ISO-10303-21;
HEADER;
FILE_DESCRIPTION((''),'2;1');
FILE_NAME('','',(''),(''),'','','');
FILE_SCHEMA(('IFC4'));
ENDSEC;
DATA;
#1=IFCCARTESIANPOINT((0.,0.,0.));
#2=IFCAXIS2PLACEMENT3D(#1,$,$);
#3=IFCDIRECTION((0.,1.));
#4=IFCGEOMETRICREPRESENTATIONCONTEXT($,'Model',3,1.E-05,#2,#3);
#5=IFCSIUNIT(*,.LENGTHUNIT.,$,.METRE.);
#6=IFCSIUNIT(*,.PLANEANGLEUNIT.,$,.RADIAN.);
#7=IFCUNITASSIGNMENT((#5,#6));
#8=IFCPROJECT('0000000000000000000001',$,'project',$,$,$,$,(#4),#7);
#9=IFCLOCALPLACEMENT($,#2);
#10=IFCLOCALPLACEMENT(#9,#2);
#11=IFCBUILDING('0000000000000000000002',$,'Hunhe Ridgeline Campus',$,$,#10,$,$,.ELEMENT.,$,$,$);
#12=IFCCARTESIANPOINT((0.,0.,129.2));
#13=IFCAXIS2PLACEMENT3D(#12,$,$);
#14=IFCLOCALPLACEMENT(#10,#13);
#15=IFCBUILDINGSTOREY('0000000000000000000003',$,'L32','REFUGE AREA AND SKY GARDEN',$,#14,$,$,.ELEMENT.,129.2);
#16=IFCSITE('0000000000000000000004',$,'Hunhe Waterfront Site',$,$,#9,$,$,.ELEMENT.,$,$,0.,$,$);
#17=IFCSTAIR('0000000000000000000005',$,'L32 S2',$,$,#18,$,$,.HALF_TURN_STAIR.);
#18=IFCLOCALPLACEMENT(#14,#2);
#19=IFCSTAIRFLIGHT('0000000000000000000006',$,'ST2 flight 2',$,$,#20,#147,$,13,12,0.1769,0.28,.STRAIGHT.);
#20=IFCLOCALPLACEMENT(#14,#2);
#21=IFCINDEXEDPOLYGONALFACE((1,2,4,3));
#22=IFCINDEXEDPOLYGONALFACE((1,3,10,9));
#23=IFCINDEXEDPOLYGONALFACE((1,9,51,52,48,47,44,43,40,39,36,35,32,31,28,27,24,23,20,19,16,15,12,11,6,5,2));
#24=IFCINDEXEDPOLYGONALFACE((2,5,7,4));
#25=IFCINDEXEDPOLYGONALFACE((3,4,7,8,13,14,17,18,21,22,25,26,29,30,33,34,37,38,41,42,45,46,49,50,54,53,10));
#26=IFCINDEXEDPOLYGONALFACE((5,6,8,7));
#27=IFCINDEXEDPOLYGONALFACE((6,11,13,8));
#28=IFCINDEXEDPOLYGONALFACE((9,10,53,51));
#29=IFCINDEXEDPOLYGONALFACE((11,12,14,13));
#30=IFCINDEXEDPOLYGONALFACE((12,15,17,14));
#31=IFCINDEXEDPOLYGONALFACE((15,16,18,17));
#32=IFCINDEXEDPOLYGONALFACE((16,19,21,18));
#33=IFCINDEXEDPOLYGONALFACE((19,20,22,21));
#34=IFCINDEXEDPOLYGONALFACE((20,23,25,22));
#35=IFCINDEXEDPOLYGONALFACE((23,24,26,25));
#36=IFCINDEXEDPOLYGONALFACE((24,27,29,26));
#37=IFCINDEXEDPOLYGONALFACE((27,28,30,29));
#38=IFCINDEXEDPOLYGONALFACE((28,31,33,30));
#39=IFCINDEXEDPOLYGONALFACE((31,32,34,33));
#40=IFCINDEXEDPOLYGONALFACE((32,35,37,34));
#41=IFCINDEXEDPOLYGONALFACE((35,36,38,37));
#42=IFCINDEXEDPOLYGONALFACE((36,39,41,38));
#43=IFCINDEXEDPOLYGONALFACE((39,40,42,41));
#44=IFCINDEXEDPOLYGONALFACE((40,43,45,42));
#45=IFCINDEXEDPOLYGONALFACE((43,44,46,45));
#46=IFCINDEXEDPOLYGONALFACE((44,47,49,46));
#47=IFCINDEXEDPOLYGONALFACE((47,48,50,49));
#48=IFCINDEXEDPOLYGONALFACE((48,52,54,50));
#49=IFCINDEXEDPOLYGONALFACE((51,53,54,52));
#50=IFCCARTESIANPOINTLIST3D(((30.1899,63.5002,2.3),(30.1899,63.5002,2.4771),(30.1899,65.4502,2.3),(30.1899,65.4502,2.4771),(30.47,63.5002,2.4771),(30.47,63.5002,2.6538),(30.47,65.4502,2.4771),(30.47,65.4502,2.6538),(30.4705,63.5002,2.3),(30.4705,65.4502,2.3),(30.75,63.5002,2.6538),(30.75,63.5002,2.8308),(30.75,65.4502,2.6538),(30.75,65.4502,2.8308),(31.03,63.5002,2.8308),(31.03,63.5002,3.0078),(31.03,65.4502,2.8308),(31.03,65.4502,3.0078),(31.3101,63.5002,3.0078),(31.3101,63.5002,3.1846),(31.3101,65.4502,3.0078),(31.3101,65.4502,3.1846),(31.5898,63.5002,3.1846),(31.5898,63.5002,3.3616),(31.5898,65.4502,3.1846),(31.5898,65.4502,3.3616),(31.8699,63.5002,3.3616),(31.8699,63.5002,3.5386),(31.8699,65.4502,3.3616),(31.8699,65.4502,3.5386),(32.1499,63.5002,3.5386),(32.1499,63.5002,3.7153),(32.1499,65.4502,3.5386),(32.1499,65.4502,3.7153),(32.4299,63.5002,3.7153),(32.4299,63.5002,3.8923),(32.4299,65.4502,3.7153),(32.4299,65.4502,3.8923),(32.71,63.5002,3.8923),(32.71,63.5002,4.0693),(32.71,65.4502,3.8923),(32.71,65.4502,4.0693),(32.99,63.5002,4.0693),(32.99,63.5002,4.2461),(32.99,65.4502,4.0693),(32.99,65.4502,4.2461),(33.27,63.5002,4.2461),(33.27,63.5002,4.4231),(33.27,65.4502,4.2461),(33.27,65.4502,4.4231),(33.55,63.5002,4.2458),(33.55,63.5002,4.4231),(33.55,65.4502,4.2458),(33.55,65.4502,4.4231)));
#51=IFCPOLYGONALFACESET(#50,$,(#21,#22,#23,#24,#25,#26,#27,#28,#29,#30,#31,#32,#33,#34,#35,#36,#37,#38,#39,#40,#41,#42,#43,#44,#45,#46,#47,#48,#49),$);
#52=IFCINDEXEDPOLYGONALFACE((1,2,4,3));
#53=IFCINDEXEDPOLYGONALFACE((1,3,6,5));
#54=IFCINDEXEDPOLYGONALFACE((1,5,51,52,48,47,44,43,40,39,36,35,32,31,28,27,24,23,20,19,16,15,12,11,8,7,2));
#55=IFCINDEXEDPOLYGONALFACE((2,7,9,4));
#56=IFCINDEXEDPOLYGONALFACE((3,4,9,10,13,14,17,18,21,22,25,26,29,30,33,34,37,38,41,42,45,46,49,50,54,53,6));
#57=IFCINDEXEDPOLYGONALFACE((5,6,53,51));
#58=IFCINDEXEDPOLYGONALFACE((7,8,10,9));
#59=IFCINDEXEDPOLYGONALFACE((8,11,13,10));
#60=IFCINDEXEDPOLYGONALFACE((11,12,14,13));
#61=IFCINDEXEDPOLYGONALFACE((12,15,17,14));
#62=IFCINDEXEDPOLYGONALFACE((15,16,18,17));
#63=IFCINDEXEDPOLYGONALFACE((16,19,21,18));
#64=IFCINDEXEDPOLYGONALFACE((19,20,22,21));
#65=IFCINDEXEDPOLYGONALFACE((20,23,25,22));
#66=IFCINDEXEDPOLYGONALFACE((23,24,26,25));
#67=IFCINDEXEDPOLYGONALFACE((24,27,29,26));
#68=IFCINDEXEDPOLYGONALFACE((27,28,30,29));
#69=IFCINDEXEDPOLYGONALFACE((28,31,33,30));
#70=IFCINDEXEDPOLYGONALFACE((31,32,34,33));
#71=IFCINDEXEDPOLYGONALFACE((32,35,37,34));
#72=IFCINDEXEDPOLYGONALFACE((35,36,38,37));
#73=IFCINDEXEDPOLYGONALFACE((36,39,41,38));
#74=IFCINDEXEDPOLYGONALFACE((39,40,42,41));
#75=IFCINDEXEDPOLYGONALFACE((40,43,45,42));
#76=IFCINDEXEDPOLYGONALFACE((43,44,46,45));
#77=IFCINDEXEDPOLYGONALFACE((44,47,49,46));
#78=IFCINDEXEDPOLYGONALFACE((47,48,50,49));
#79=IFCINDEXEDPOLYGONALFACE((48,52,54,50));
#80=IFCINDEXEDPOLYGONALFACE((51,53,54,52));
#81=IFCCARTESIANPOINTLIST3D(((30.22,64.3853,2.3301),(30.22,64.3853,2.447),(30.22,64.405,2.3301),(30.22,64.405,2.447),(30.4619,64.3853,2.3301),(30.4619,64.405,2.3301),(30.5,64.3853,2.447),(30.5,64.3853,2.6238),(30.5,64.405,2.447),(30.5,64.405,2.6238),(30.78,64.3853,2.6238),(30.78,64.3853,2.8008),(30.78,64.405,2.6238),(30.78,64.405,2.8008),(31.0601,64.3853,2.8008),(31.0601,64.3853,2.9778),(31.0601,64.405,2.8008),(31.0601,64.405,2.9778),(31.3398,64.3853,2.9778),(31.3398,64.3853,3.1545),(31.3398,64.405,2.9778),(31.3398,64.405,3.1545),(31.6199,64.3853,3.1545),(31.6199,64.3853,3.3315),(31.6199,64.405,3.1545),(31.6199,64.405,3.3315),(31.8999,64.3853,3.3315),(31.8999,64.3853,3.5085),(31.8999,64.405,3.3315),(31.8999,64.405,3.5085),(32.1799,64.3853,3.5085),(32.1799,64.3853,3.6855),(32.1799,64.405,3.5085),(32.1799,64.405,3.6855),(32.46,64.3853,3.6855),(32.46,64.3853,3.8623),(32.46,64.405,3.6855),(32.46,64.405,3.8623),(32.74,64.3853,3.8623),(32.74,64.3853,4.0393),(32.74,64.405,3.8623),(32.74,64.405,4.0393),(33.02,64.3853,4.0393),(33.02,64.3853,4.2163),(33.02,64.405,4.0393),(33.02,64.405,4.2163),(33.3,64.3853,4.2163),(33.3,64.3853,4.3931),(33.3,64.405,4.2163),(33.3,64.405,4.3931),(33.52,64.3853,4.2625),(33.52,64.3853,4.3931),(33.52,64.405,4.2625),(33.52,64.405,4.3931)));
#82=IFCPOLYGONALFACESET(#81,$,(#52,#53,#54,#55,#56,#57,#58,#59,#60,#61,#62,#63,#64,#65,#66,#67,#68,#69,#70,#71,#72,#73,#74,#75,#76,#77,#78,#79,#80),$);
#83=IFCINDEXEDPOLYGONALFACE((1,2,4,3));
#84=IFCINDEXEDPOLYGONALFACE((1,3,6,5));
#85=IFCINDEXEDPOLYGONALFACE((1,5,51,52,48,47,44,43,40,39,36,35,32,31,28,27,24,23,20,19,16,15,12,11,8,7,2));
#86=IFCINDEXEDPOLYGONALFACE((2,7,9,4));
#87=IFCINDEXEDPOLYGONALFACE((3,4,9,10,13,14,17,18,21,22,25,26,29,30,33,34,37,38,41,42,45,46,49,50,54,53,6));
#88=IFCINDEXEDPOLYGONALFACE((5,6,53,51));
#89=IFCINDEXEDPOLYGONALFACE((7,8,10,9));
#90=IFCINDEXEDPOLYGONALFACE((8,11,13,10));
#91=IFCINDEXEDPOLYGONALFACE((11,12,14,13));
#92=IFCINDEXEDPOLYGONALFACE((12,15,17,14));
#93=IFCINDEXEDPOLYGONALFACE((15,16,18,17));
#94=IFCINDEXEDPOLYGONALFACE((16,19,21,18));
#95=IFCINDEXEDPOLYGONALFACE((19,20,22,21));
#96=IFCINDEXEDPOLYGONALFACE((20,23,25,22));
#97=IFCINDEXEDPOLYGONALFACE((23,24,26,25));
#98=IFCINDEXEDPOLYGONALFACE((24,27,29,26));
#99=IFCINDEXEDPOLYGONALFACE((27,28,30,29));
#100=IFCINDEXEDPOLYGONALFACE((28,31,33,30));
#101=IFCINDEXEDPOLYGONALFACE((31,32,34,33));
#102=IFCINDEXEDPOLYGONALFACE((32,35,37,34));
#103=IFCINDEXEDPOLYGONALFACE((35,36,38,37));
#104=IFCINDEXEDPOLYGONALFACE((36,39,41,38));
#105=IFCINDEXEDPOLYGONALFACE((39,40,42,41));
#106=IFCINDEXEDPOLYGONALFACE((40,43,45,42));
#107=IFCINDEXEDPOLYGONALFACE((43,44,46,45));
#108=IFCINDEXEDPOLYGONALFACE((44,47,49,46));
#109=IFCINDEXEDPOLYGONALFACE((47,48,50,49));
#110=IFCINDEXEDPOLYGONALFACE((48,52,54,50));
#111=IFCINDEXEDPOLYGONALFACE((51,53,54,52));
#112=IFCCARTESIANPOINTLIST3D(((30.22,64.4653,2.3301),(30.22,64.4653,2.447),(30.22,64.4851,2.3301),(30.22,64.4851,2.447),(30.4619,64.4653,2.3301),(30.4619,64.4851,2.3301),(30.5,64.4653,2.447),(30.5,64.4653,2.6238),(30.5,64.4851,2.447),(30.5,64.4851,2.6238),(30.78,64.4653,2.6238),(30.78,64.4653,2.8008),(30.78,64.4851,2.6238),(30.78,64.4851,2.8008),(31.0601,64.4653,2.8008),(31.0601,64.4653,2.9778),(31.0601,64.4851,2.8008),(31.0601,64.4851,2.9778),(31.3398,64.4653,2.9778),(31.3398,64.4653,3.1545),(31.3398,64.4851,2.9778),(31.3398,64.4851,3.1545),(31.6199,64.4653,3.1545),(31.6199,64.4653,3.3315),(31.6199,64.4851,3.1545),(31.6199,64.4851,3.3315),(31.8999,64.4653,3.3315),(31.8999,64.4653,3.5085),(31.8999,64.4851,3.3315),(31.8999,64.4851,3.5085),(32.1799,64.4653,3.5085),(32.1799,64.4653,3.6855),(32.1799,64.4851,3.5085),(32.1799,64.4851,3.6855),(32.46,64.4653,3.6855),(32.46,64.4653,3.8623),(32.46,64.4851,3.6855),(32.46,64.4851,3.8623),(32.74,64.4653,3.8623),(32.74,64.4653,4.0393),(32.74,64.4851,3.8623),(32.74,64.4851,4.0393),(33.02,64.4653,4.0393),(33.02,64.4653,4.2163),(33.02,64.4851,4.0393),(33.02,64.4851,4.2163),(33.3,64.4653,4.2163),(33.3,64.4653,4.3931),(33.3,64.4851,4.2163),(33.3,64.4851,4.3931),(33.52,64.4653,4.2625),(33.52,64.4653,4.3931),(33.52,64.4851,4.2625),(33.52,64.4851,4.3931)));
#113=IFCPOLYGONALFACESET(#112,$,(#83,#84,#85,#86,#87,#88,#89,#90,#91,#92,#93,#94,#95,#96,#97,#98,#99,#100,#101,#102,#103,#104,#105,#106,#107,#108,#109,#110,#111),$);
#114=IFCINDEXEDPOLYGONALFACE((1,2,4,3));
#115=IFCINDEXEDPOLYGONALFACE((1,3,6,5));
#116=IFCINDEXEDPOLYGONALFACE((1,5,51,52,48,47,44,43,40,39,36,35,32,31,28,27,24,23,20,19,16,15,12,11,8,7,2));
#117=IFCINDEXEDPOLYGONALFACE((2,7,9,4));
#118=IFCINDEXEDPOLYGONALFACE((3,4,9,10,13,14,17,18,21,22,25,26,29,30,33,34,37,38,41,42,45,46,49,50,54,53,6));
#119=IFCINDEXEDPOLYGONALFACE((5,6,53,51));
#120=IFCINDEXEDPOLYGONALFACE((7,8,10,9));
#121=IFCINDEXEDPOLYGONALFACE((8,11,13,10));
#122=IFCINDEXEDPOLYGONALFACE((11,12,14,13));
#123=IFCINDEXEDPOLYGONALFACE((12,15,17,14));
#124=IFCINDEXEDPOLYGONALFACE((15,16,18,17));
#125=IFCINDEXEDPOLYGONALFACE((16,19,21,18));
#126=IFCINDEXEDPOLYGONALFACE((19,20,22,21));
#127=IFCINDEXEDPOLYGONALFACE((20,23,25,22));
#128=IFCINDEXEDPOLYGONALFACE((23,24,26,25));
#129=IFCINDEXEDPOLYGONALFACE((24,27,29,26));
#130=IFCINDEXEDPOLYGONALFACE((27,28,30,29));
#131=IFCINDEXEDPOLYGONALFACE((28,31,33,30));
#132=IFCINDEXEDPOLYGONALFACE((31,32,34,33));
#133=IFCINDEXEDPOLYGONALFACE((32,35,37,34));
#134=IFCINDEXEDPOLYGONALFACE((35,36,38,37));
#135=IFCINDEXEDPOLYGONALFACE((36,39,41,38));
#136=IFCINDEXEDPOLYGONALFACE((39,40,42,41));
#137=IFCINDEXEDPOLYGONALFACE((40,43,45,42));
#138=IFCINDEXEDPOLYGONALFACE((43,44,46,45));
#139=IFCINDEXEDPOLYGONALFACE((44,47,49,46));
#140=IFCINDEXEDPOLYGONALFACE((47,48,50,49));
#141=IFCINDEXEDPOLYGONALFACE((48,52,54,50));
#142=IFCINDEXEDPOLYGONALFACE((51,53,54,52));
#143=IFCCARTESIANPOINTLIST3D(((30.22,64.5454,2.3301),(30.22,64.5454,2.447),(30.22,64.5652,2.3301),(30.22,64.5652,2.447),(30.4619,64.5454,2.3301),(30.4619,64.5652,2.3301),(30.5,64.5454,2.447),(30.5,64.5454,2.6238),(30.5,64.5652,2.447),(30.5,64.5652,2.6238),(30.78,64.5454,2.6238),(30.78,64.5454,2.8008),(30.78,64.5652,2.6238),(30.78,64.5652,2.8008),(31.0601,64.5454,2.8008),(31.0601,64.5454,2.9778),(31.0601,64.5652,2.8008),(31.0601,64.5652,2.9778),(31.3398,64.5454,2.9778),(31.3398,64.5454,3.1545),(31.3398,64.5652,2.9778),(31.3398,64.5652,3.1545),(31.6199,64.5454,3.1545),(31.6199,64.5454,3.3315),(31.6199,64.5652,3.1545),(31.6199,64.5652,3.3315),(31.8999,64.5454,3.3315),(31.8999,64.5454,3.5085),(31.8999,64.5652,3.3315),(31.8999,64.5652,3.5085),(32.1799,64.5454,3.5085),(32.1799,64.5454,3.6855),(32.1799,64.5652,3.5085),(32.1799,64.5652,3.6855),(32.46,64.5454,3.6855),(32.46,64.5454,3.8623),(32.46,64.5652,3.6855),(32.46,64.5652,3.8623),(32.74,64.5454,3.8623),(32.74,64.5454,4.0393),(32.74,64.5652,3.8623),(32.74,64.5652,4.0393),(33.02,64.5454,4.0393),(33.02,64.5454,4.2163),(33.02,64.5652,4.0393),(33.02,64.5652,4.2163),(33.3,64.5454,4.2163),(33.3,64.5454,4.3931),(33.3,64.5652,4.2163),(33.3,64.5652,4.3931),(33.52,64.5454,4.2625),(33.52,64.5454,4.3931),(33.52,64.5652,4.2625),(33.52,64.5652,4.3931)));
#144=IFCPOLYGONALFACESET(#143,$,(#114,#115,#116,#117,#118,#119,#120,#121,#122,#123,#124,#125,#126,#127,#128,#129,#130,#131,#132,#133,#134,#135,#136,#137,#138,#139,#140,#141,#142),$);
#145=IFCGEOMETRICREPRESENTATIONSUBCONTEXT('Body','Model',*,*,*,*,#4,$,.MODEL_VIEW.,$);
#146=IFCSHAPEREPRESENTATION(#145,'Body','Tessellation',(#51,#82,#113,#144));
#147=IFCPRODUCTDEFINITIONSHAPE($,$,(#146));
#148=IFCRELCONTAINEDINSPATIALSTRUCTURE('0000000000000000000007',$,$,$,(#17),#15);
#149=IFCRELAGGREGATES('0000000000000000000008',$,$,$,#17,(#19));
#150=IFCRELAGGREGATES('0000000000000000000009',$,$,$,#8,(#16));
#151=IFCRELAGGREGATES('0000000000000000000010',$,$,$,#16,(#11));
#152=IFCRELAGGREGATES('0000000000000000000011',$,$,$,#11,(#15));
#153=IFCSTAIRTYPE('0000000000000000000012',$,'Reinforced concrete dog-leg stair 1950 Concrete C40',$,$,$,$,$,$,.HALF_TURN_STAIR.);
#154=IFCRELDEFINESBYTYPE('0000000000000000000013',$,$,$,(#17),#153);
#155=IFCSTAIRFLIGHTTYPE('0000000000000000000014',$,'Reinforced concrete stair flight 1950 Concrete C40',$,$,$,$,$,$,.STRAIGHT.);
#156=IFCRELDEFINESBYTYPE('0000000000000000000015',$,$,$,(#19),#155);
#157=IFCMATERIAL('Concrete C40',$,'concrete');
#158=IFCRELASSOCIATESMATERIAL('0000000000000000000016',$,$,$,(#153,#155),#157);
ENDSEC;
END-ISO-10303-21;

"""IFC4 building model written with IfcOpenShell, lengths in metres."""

from ifc_helpers import new_model, si_unit, direction, frame, origin, place, context, subcontext, project, spatial, polyline, outline, extrude, material, type_object, element, aggregate, save


model = new_model("IFC4")

# Units and contexts
model_context = context("Model", 3, precision=1e-05, world=origin(), true_north=direction((0.0, 1.0)))
body_context = subcontext(model_context, "Body", "Model", "MODEL_VIEW")
ifc_project = project(units=[si_unit("LENGTHUNIT", "METRE"), si_unit("PLANEANGLEUNIT", "RADIAN")], contexts=[model_context])

# Site, building, storey
site_placement = place(None, origin())
site = spatial("IfcSite", under=ifc_project, at=site_placement, Name="Hunhe Waterfront Site", CompositionType="ELEMENT", RefElevation=0.0)
building_placement = place(site_placement, origin())
building = spatial("IfcBuilding", under=site, at=building_placement, Name="Hunhe Ridgeline Campus", CompositionType="ELEMENT")
storey_placement = place(building_placement, frame((0.0, 0.0, 129.2)))
storey = spatial("IfcBuildingStorey", under=building, at=storey_placement, Name="L32", Description="REFUGE AREA AND SKY GARDEN", CompositionType="ELEMENT", Elevation=129.2)

# Stair, stair flight
ifc_material_1 = material(Name="Concrete C40", Category="concrete")
stair_type = type_object("IfcStairType", Name="Reinforced concrete dog-leg stair 1950 Concrete C40", PredefinedType="HALF_TURN_STAIR", material=ifc_material_1)
stair_placement = place(storey_placement, origin())
stair = element("IfcStair", 1, at=stair_placement, inside=storey, type_object=stair_type, Name="L32 S2", PredefinedType="HALF_TURN_STAIR")
stair_flight_type = type_object("IfcStairFlightType", Name="Reinforced concrete stair flight 1950 Concrete C40", PredefinedType="STRAIGHT", material=ifc_material_1)
stair_flight_1_placement = place(storey_placement, frame((30.1899, 64.4751, 2.3), z_axis=(0.0, 0.0, 1.0), x_axis=(1.0, 0.0, 0.0)))
stair_flight_1 = element("IfcStairFlight", 2, at=stair_flight_1_placement, type_object=stair_flight_type, Name="ST2 flight 2", NumberOfRisers=13, NumberOfTreads=12, PredefinedType="STRAIGHT", RiserHeight=0.1769, TreadLength=0.28, context=body_context, shape_type="SweptSolid", body=[
    extrude(outline(polyline([(0.0, 0.0), (0.0, 0.177), (0.28, 0.177), (0.28, 0.3538), (0.5601, 0.3538), (0.5601, 0.5308), (0.8401, 0.5308), (0.8401, 0.7078), (1.1201, 0.7078), (1.1201, 0.8845), (1.3999, 0.8845), (1.3999, 1.0615), (1.6799, 1.0615), (1.6799, 1.2385), (1.96, 1.2385), (1.96, 1.4153), (2.24, 1.4153), (2.24, 1.5923), (2.52, 1.5923), (2.52, 1.7693), (2.8, 1.7693), (2.8, 1.946), (3.0801, 1.946), (3.0801, 2.123), (3.3601, 2.123), (3.3601, 2.3), (3.3601, 1.9458), (0.2805, 0.0), (0.0, 0.0)])), frame((0.0, 0.9751, 0.0), z_axis=(0.0, -1.0, 0.0), x_axis=(1.0, 0.0, 0.0)), (0.0, 0.0, 1.0), 1.95),
    extrude(outline(polyline([(0.03, 0.03), (0.03, 0.147), (0.3101, 0.147), (0.3101, 0.3237), (0.5901, 0.3237), (0.5901, 0.5007), (0.8701, 0.5007), (0.8701, 0.6777), (1.1499, 0.6777), (1.1499, 0.8545), (1.4299, 0.8545), (1.4299, 1.0315), (1.71, 1.0315), (1.71, 1.2085), (1.99, 1.2085), (1.99, 1.3855), (2.27, 1.3855), (2.27, 1.5623), (2.55, 1.5623), (2.55, 1.7393), (2.8301, 1.7393), (2.8301, 1.9163), (3.1101, 1.9163), (3.1101, 2.093), (3.3301, 2.093), (3.3301, 1.9624), (0.272, 0.03), (0.03, 0.03)])), frame((0.0, -0.0701, 0.0), z_axis=(0.0, -1.0, 0.0), x_axis=(1.0, 0.0, 0.0)), (0.0, 0.0, 1.0), 0.0198),
    extrude(outline(polyline([(0.03, 0.03), (0.03, 0.147), (0.3101, 0.147), (0.3101, 0.3237), (0.5901, 0.3237), (0.5901, 0.5007), (0.8701, 0.5007), (0.8701, 0.6777), (1.1499, 0.6777), (1.1499, 0.8545), (1.4299, 0.8545), (1.4299, 1.0315), (1.71, 1.0315), (1.71, 1.2085), (1.99, 1.2085), (1.99, 1.3855), (2.27, 1.3855), (2.27, 1.5623), (2.55, 1.5623), (2.55, 1.7393), (2.8301, 1.7393), (2.8301, 1.9163), (3.1101, 1.9163), (3.1101, 2.093), (3.3301, 2.093), (3.3301, 1.9624), (0.272, 0.03), (0.03, 0.03)])), frame((0.0, 0.01, 0.0), z_axis=(0.0, -1.0, 0.0), x_axis=(1.0, 0.0, 0.0)), (0.0, 0.0, 1.0), 0.0198),
    extrude(outline(polyline([(0.03, 0.03), (0.03, 0.147), (0.3101, 0.147), (0.3101, 0.3237), (0.5901, 0.3237), (0.5901, 0.5007), (0.8701, 0.5007), (0.8701, 0.6777), (1.1499, 0.6777), (1.1499, 0.8545), (1.4299, 0.8545), (1.4299, 1.0315), (1.71, 1.0315), (1.71, 1.2085), (1.99, 1.2085), (1.99, 1.3855), (2.27, 1.3855), (2.27, 1.5623), (2.55, 1.5623), (2.55, 1.7393), (2.8301, 1.7393), (2.8301, 1.9163), (3.1101, 1.9163), (3.1101, 2.093), (3.3301, 2.093), (3.3301, 1.9624), (0.272, 0.03), (0.03, 0.03)])), frame((0.0, 0.0901, 0.0), z_axis=(0.0, -1.0, 0.0), x_axis=(1.0, 0.0, 0.0)), (0.0, 0.0, 1.0), 0.0198),
])
aggregate(stair, [stair_flight_1])

save(model, "model.ifc")
